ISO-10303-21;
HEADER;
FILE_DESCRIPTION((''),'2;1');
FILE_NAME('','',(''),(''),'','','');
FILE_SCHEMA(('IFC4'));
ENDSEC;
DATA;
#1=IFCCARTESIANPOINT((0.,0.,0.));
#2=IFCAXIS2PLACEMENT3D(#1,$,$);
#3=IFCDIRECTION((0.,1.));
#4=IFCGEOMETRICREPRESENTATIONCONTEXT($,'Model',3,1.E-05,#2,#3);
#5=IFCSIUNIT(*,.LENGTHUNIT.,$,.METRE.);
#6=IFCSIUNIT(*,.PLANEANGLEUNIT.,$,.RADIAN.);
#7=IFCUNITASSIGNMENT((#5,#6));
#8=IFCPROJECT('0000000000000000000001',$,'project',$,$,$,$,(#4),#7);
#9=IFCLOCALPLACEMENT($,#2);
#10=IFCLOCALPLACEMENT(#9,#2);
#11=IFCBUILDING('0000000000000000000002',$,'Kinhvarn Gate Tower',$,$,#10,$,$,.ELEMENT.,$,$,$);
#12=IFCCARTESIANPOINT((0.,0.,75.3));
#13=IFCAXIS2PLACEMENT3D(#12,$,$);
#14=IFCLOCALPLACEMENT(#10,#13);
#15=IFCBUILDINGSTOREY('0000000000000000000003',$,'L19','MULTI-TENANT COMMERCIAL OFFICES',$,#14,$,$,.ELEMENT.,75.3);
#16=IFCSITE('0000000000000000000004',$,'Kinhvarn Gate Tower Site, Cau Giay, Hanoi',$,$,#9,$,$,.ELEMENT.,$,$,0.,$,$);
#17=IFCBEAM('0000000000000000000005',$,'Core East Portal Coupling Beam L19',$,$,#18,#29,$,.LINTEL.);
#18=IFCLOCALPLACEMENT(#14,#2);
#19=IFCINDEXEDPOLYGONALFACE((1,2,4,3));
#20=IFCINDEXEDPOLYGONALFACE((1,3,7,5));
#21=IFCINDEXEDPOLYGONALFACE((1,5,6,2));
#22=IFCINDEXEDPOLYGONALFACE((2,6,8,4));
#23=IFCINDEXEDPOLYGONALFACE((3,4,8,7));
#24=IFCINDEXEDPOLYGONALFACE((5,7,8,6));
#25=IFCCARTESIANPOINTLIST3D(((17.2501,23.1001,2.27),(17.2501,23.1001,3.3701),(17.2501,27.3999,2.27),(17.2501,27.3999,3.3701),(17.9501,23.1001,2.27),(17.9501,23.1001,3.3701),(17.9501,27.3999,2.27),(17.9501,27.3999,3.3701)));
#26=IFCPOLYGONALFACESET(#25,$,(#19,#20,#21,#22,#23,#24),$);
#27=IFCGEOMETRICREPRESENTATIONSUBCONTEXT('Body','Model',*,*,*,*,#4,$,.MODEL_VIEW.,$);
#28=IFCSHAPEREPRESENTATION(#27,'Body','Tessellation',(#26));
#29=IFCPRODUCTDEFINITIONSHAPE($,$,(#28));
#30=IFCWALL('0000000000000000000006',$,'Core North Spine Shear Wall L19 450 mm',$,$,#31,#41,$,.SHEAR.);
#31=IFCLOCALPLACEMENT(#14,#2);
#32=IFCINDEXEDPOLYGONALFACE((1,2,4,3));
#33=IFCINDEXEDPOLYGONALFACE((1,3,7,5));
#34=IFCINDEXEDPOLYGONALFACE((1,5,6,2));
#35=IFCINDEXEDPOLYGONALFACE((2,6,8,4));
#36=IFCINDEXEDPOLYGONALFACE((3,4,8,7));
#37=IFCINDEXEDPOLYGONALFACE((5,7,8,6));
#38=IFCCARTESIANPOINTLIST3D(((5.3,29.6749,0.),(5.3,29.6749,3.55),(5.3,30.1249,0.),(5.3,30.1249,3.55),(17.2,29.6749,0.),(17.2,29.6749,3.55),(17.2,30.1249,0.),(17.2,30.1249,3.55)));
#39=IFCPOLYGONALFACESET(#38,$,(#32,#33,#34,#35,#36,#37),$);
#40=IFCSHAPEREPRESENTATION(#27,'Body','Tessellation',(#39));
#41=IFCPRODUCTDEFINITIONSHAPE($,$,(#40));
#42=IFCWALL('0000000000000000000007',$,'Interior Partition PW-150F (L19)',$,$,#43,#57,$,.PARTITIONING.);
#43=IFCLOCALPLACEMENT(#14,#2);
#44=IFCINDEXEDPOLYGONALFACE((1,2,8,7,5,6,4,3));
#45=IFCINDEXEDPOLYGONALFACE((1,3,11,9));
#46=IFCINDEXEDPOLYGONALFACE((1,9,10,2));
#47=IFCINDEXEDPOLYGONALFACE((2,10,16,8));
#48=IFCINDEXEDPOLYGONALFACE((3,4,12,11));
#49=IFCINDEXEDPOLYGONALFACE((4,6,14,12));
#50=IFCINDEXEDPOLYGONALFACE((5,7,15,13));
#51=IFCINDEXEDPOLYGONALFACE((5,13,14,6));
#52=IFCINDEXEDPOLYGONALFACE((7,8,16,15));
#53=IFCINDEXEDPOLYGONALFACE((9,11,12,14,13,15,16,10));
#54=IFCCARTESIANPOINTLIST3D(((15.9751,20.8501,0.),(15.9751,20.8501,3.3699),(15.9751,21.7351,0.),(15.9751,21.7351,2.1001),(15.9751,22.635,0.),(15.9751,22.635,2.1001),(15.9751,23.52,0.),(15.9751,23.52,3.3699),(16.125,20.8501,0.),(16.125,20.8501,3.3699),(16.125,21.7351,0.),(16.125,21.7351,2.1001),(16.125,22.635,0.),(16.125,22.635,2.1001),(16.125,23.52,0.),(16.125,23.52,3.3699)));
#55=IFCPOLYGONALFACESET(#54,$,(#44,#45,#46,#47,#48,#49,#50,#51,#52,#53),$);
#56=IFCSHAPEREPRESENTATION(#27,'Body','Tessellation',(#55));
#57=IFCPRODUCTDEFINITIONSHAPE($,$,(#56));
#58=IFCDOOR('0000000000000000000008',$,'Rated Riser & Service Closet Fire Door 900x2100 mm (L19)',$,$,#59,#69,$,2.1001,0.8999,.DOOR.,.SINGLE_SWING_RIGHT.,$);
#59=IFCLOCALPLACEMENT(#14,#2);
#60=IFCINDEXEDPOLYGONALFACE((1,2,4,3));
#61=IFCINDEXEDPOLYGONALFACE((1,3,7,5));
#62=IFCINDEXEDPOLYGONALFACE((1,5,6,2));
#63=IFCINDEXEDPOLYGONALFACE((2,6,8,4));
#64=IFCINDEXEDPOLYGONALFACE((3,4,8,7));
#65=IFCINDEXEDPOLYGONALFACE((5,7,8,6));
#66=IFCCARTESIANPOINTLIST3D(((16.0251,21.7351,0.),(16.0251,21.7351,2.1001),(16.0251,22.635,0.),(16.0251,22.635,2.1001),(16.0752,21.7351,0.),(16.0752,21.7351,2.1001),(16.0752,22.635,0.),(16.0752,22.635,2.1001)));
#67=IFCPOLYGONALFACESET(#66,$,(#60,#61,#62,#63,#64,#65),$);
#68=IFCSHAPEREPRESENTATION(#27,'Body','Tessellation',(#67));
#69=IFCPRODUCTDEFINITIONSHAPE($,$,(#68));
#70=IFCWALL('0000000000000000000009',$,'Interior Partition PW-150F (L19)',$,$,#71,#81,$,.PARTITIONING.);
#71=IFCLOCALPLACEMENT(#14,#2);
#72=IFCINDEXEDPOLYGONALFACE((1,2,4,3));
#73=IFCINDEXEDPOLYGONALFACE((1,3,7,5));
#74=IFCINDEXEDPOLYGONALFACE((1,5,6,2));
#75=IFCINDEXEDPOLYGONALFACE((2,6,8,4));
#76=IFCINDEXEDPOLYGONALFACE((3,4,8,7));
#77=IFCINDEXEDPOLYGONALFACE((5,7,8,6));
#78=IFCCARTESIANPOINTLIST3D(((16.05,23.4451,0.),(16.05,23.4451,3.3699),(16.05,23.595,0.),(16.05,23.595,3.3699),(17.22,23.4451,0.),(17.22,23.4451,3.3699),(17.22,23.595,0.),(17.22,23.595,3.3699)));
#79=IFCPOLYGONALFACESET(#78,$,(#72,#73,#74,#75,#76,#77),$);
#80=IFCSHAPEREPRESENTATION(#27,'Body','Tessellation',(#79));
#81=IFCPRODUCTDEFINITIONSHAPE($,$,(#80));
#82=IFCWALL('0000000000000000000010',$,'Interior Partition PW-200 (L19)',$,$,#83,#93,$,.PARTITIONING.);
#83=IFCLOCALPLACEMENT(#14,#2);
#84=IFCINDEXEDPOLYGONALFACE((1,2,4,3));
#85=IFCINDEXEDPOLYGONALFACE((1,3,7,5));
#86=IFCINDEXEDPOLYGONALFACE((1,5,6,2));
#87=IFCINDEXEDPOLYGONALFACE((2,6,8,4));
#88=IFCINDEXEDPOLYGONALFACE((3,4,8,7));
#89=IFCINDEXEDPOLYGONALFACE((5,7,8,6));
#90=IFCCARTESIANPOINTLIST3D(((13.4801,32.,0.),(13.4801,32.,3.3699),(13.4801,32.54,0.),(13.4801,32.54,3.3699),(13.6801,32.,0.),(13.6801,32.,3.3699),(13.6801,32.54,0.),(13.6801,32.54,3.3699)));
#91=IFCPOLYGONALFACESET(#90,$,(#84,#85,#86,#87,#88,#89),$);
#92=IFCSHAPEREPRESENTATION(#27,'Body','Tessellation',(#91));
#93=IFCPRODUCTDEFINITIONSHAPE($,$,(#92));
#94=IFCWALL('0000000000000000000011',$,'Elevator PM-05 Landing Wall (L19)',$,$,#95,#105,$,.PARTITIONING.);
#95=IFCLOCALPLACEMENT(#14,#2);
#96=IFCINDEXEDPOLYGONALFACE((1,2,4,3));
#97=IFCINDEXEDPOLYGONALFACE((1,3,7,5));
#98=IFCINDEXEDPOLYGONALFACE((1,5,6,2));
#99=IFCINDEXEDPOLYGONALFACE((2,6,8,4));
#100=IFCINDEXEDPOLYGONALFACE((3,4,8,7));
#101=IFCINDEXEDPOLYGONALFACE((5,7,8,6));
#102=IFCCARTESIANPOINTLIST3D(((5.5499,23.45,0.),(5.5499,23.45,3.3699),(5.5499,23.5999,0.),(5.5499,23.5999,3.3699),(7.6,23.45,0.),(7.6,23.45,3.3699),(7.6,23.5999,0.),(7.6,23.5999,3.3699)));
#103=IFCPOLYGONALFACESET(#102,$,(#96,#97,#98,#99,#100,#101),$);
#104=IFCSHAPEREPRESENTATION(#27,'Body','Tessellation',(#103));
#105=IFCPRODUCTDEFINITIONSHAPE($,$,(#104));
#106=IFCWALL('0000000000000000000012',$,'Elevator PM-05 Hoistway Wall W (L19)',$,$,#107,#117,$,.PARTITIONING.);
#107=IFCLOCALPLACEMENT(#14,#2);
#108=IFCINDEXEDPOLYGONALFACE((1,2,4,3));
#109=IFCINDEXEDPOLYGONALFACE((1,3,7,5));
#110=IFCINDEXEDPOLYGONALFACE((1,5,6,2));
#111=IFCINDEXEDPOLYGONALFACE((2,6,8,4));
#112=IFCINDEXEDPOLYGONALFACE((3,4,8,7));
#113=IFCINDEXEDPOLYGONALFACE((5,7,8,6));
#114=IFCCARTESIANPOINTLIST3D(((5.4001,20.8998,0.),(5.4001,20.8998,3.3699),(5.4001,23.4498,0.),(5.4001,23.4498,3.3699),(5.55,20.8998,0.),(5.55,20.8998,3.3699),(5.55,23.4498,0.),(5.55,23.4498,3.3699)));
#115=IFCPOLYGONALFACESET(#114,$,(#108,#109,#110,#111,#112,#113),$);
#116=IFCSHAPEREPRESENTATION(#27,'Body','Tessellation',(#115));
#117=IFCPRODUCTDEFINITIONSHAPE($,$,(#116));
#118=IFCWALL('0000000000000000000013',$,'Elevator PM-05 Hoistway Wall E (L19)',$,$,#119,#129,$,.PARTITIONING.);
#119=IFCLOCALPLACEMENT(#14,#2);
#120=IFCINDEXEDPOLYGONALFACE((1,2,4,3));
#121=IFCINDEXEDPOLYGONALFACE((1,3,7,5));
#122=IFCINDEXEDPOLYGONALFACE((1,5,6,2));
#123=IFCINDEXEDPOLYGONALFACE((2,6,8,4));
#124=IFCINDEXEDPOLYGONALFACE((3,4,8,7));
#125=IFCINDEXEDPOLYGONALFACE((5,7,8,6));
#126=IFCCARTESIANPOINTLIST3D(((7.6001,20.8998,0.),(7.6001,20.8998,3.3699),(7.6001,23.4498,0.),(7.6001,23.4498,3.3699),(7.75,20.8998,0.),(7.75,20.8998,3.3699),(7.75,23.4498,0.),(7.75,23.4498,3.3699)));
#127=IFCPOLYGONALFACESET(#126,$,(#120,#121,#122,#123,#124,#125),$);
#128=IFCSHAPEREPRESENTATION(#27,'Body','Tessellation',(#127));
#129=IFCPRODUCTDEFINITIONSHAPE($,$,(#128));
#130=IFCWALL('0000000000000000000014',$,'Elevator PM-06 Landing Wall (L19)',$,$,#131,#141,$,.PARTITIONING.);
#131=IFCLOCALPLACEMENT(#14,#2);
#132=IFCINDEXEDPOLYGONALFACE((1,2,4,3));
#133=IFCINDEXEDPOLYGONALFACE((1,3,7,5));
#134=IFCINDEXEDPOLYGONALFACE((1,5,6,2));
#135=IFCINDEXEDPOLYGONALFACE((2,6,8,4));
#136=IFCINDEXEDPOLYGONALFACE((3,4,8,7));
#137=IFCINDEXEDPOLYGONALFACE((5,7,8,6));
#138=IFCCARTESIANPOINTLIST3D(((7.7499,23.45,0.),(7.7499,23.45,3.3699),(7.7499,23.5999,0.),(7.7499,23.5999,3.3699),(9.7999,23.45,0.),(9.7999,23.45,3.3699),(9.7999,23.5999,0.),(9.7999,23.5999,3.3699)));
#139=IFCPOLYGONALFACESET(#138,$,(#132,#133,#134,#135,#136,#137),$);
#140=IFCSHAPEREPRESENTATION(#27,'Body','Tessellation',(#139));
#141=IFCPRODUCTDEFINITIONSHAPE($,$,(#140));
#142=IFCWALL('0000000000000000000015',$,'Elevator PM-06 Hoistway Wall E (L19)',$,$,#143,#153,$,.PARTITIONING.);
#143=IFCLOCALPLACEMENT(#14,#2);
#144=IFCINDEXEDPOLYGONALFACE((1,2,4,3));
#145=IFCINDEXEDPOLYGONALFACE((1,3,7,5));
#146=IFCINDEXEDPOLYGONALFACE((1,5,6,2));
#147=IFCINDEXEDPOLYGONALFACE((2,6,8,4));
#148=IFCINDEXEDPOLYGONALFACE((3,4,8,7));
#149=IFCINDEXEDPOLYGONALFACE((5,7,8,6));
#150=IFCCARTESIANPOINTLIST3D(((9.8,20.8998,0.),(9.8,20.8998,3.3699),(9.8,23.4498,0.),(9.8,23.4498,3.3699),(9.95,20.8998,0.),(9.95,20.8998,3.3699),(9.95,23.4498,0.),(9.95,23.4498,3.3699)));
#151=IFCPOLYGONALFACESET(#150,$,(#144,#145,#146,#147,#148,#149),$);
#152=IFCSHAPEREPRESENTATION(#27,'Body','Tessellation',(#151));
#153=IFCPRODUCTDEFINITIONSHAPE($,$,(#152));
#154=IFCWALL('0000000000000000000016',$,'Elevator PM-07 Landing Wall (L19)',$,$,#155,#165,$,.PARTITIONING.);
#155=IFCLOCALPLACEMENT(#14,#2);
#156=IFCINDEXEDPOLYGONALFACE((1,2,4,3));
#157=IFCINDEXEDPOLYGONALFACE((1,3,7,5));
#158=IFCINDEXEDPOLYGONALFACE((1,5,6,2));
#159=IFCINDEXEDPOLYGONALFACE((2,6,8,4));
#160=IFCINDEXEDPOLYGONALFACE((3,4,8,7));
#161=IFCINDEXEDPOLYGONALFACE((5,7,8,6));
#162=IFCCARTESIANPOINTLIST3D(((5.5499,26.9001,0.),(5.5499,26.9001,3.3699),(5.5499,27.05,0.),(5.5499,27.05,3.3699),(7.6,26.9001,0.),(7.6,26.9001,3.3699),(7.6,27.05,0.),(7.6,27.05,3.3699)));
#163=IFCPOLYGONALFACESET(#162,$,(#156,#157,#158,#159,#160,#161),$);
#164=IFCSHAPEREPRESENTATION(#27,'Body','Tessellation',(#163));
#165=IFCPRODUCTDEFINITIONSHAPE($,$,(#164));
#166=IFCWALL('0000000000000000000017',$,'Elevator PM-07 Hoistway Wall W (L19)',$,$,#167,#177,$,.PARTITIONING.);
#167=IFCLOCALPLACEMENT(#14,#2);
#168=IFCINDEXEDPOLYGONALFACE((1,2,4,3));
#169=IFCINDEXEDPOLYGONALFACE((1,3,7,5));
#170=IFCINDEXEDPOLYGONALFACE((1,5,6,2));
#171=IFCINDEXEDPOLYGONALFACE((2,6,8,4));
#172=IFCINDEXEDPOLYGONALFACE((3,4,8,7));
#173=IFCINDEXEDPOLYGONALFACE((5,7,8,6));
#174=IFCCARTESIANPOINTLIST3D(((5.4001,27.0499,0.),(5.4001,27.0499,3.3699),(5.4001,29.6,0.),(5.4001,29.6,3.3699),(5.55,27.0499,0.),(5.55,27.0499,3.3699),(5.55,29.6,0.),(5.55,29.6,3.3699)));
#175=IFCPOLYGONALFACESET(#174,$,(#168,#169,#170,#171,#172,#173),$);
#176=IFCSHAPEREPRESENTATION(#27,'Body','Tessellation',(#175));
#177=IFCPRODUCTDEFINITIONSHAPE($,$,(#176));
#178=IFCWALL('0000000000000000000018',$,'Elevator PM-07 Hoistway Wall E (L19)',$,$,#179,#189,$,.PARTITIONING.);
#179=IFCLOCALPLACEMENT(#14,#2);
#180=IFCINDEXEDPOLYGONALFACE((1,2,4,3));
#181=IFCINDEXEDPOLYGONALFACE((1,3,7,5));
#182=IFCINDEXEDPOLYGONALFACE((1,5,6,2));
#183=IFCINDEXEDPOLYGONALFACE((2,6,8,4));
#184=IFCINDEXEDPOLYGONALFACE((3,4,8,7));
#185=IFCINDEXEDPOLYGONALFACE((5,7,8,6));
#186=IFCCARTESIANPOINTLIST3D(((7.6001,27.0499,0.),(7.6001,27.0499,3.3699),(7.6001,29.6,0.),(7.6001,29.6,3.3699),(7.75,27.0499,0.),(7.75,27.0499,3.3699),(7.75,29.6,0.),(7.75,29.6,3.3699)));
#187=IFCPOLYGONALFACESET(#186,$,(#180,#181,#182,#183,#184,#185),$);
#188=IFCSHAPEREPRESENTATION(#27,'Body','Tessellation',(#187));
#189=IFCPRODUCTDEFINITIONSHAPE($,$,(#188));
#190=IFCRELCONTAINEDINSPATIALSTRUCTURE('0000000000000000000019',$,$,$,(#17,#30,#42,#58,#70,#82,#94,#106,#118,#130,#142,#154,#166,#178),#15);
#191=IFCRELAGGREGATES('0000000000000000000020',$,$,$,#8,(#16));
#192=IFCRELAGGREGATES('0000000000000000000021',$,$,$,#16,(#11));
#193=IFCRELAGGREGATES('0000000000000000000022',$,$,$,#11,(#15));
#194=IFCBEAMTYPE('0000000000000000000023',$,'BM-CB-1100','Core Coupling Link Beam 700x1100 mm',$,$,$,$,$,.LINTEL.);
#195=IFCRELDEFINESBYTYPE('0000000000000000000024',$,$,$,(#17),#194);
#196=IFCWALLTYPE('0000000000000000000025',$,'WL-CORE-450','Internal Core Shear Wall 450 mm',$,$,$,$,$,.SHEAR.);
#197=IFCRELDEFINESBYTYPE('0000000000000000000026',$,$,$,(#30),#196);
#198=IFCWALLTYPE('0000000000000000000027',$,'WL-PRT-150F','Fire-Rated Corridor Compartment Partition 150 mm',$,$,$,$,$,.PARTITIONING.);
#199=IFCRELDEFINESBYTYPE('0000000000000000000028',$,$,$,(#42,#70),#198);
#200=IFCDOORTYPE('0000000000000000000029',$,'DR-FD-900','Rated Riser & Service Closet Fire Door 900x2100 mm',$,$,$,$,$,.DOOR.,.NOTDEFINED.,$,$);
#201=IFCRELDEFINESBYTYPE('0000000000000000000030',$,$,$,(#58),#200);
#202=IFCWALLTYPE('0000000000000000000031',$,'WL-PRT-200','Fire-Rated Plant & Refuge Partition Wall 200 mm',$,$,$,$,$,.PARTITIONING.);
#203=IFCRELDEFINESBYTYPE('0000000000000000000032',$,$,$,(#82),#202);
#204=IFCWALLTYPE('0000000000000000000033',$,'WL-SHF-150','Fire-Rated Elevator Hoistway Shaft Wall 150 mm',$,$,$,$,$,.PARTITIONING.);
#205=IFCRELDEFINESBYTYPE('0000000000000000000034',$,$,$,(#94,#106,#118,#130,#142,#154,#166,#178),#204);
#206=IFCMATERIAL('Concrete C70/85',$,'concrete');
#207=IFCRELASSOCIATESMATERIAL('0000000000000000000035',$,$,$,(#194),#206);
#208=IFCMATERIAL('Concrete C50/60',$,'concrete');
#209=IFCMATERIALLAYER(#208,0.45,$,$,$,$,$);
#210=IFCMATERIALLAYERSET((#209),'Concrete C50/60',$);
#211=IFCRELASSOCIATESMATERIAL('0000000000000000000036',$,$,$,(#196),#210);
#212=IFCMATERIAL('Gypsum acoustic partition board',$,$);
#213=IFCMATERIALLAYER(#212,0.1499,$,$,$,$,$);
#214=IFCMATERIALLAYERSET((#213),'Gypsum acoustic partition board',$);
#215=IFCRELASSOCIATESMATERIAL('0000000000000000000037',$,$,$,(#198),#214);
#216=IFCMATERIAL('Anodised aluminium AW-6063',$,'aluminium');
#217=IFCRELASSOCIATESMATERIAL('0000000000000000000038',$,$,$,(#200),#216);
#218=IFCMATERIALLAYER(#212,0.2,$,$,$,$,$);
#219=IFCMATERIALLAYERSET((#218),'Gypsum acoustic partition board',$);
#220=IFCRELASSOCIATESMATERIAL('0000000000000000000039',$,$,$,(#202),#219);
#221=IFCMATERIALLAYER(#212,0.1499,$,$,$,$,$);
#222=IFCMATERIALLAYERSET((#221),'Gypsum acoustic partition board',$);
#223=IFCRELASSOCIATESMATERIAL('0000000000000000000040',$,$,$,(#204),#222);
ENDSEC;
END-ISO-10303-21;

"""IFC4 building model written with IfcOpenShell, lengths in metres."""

from ifc_helpers import new_model, si_unit, direction, frame, frame_2d, origin, origin_2d, place, context, subcontext, project, spatial, rectangle, extrude, material, layer, layer_set, material_profile, profile_set, type_object, element, fill, save


model = new_model("IFC4")

# Units and contexts
model_context = context("Model", 3, precision=1e-05, world=origin(), true_north=direction((0.0, 1.0)))
body_context = subcontext(model_context, "Body", "Model", "MODEL_VIEW")
ifc_project = project(units=[si_unit("LENGTHUNIT", "METRE"), si_unit("PLANEANGLEUNIT", "RADIAN")], contexts=[model_context])

# Site, building, storey
site_placement = place(None, origin())
site = spatial("IfcSite", under=ifc_project, at=site_placement, Name="Kinhvarn Gate Tower Site, Cau Giay, Hanoi", CompositionType="ELEMENT", RefElevation=0.0)
building_placement = place(site_placement, origin())
building = spatial("IfcBuilding", under=site, at=building_placement, Name="Kinhvarn Gate Tower", CompositionType="ELEMENT")
storey_placement = place(building_placement, frame((0.0, 0.0, 75.3)))
storey = spatial("IfcBuildingStorey", under=building, at=storey_placement, Name="L19", Description="MULTI-TENANT COMMERCIAL OFFICES", CompositionType="ELEMENT", Elevation=75.3)

# Beam
ifc_material_1 = material(Name="Concrete C70/85", Category="concrete")
ifc_material_profile = material_profile(ifc_material_1, rectangle(XDim=0.7, YDim=1.1001, at=origin_2d()), Name="RC 700x1100")
ifc_profile_set = profile_set([ifc_material_profile], Name="Concrete C70/85")
beam_type = type_object("IfcBeamType", Name="BM-CB-1100", Description="Core Coupling Link Beam 700x1100 mm", PredefinedType="LINTEL", material=ifc_profile_set)
beam_placement = place(storey_placement, frame((17.6001, 23.1001, 2.8201), z_axis=(0.0, 1.0, 0.0), x_axis=(-1.0, 0.0, 0.0)))
element("IfcBeam", 1, at=beam_placement, inside=storey, type_object=beam_type, Name="Core East Portal Coupling Beam L19", PredefinedType="LINTEL", context=body_context, shape_type="SweptSolid", body=[
    extrude(rectangle(XDim=0.7, YDim=1.1001, at=origin_2d()), origin(), (0.0, 0.0, 1.0), 4.2998),
])

# Wall
ifc_material_2 = material(Name="Concrete C50/60", Category="concrete")
ifc_layer_1 = layer(ifc_material_2, 0.45)
ifc_layer_set_1 = layer_set([ifc_layer_1], Name="Concrete C50/60")
wall_type_1 = type_object("IfcWallType", Name="WL-CORE-450", Description="Internal Core Shear Wall 450 mm", PredefinedType="SHEAR", material=ifc_layer_set_1)
wall_1_placement = place(storey_placement, frame((5.3, 29.8999, 0.0), z_axis=(0.0, 0.0, 1.0), x_axis=(1.0, 0.0, 0.0)))
element("IfcWall", 2, at=wall_1_placement, inside=storey, type_object=wall_type_1, Name="Core North Spine Shear Wall L19 450 mm", PredefinedType="SHEAR", context=body_context, shape_type="SweptSolid", body=[
    extrude(rectangle(XDim=11.8999, YDim=0.45, at=frame_2d((5.95, 0.0))), origin(), (0.0, 0.0, 1.0), 3.55),
])

# Wall, opening, door
ifc_material_3 = material(Name="Anodised aluminium AW-6063", Category="aluminium")
ifc_material_4 = material(Name="Gypsum acoustic partition board")
ifc_layer_2 = layer(ifc_material_4, 0.1499)
ifc_layer_set_2 = layer_set([ifc_layer_2], Name="Gypsum acoustic partition board")
wall_type_2 = type_object("IfcWallType", Name="WL-PRT-150F", Description="Fire-Rated Corridor Compartment Partition 150 mm", PredefinedType="PARTITIONING", material=ifc_layer_set_2)
wall_2_placement = place(storey_placement, frame((16.05, 20.8501, 0.0), z_axis=(0.0, 0.0, 1.0), x_axis=(0.0, 1.0, 0.0)))
wall_2 = element("IfcWall", 3, at=wall_2_placement, inside=storey, type_object=wall_type_2, Name="Interior Partition PW-150F (L19)", PredefinedType="PARTITIONING", context=body_context, shape_type="SweptSolid", body=[
    extrude(rectangle(XDim=2.6699, YDim=0.1499, at=frame_2d((1.335, 0.0))), origin(), (0.0, 0.0, 1.0), 3.3699),
])
opening_1_placement = place(wall_2_placement, frame((0.885, 0.0, 0.0)))
opening_1 = element("IfcOpeningElement", 4, at=opening_1_placement, cuts=wall_2, PredefinedType="OPENING", context=body_context, shape_type="SweptSolid", body=[
    extrude(rectangle(XDim=0.8999, YDim=2.1001, at=frame_2d((0.45, 1.05))), frame((0.0, 0.085, 0.0), z_axis=(0.0, -1.0, 0.0), x_axis=(1.0, 0.0, 0.0)), (0.0, 0.0, 1.0), 0.1699),
])
door_type_1 = type_object("IfcDoorType", Name="DR-FD-900", Description="Rated Riser & Service Closet Fire Door 900x2100 mm", OperationType="NOTDEFINED", PredefinedType="DOOR", material=ifc_material_3)
door_1_placement = place(opening_1_placement, origin())
door_1 = element("IfcDoor", 5, at=door_1_placement, inside=storey, type_object=door_type_1, Name="Rated Riser & Service Closet Fire Door 900x2100 mm (L19)", OperationType="SINGLE_SWING_RIGHT", OverallHeight=2.1001, OverallWidth=0.8999, PredefinedType="DOOR", context=body_context, shape_type="SweptSolid", body=[
    extrude(rectangle(XDim=0.8999, YDim=2.1001, at=frame_2d((0.45, 1.05))), frame((0.0, 0.0249, 0.0), z_axis=(0.0, -1.0, 0.0), x_axis=(1.0, 0.0, 0.0)), (0.0, 0.0, 1.0), 0.05),
])
fill(opening_1, door_1)

# Walls
wall_3_placement = place(storey_placement, frame((16.05, 23.52, 0.0), z_axis=(0.0, 0.0, 1.0), x_axis=(1.0, 0.0, 0.0)))
element("IfcWall", 6, at=wall_3_placement, inside=storey, type_object=wall_type_2, Name="Interior Partition PW-150F (L19)", PredefinedType="PARTITIONING", context=body_context, shape_type="SweptSolid", body=[
    extrude(rectangle(XDim=1.1699, YDim=0.1499, at=frame_2d((0.585, 0.0))), origin(), (0.0, 0.0, 1.0), 3.3699),
])
ifc_layer_3 = layer(ifc_material_4, 0.2)
ifc_layer_set_3 = layer_set([ifc_layer_3], Name="Gypsum acoustic partition board")
wall_type_3 = type_object("IfcWallType", Name="WL-PRT-200", Description="Fire-Rated Plant & Refuge Partition Wall 200 mm", PredefinedType="PARTITIONING", material=ifc_layer_set_3)
wall_4_placement = place(storey_placement, frame((13.5801, 32.0, 0.0), z_axis=(0.0, 0.0, 1.0), x_axis=(0.0, 1.0, 0.0)))
element("IfcWall", 7, at=wall_4_placement, inside=storey, type_object=wall_type_3, Name="Interior Partition PW-200 (L19)", PredefinedType="PARTITIONING", context=body_context, shape_type="SweptSolid", body=[
    extrude(rectangle(XDim=0.54, YDim=0.2, at=frame_2d((0.27, 0.0))), origin(), (0.0, 0.0, 1.0), 3.3699),
])
ifc_layer_4 = layer(ifc_material_4, 0.1499)
ifc_layer_set_4 = layer_set([ifc_layer_4], Name="Gypsum acoustic partition board")
wall_type_4 = type_object("IfcWallType", Name="WL-SHF-150", Description="Fire-Rated Elevator Hoistway Shaft Wall 150 mm", PredefinedType="PARTITIONING", material=ifc_layer_set_4)
wall_5_placement = place(storey_placement, frame((5.55, 23.5249, 0.0), z_axis=(0.0, 0.0, 1.0), x_axis=(1.0, 0.0, 0.0)))
element("IfcWall", 8, at=wall_5_placement, inside=storey, type_object=wall_type_4, Name="Elevator PM-05 Landing Wall (L19)", PredefinedType="PARTITIONING", context=body_context, shape_type="SweptSolid", body=[
    extrude(rectangle(XDim=2.05, YDim=0.1499, at=frame_2d((1.0249, 0.0))), origin(), (0.0, 0.0, 1.0), 3.3699),
])
for number, where, z_axis, x_axis, name in (
    (9, (5.4751, 20.8999, 0.0), (0.0, 0.0, 1.0), (0.0, 1.0, 0.0), "Elevator PM-05 Hoistway Wall W (L19)"),
    (10, (7.675, 20.8999, 0.0), (0.0, 0.0, 1.0), (0.0, 1.0, 0.0), "Elevator PM-05 Hoistway Wall E (L19)"),
):
    element("IfcWall", number, at=place(storey_placement, frame(where, z_axis=z_axis, x_axis=x_axis)), inside=storey, type_object=wall_type_4, Name=name, PredefinedType="PARTITIONING", context=body_context, shape_type="SweptSolid", body=[
        extrude(rectangle(XDim=2.55, YDim=0.1499, at=frame_2d((1.2749, 0.0))), origin(), (0.0, 0.0, 1.0), 3.3699),
    ])
wall_6_placement = place(storey_placement, frame((7.75, 23.5249, 0.0), z_axis=(0.0, 0.0, 1.0), x_axis=(1.0, 0.0, 0.0)))
element("IfcWall", 11, at=wall_6_placement, inside=storey, type_object=wall_type_4, Name="Elevator PM-06 Landing Wall (L19)", PredefinedType="PARTITIONING", context=body_context, shape_type="SweptSolid", body=[
    extrude(rectangle(XDim=2.05, YDim=0.1499, at=frame_2d((1.0249, 0.0))), origin(), (0.0, 0.0, 1.0), 3.3699),
])
wall_7_placement = place(storey_placement, frame((9.875, 20.8999, 0.0), z_axis=(0.0, 0.0, 1.0), x_axis=(0.0, 1.0, 0.0)))
element("IfcWall", 12, at=wall_7_placement, inside=storey, type_object=wall_type_4, Name="Elevator PM-06 Hoistway Wall E (L19)", PredefinedType="PARTITIONING", context=body_context, shape_type="SweptSolid", body=[
    extrude(rectangle(XDim=2.55, YDim=0.1499, at=frame_2d((1.2749, 0.0))), origin(), (0.0, 0.0, 1.0), 3.3699),
])
wall_8_placement = place(storey_placement, frame((5.55, 26.9751, 0.0), z_axis=(0.0, 0.0, 1.0), x_axis=(1.0, 0.0, 0.0)))
element("IfcWall", 13, at=wall_8_placement, inside=storey, type_object=wall_type_4, Name="Elevator PM-07 Landing Wall (L19)", PredefinedType="PARTITIONING", context=body_context, shape_type="SweptSolid", body=[
    extrude(rectangle(XDim=2.05, YDim=0.1499, at=frame_2d((1.0249, 0.0))), origin(), (0.0, 0.0, 1.0), 3.3699),
])
for number, where, z_axis, x_axis, name in (
    (14, (5.4751, 27.05, 0.0), (0.0, 0.0, 1.0), (0.0, 1.0, 0.0), "Elevator PM-07 Hoistway Wall W (L19)"),
    (15, (7.675, 27.05, 0.0), (0.0, 0.0, 1.0), (0.0, 1.0, 0.0), "Elevator PM-07 Hoistway Wall E (L19)"),
):
    element("IfcWall", number, at=place(storey_placement, frame(where, z_axis=z_axis, x_axis=x_axis)), inside=storey, type_object=wall_type_4, Name=name, PredefinedType="PARTITIONING", context=body_context, shape_type="SweptSolid", body=[
        extrude(rectangle(XDim=2.55, YDim=0.1499, at=frame_2d((1.2749, 0.0))), origin(), (0.0, 0.0, 1.0), 3.3699),
    ])

save(model, "model.ifc")
